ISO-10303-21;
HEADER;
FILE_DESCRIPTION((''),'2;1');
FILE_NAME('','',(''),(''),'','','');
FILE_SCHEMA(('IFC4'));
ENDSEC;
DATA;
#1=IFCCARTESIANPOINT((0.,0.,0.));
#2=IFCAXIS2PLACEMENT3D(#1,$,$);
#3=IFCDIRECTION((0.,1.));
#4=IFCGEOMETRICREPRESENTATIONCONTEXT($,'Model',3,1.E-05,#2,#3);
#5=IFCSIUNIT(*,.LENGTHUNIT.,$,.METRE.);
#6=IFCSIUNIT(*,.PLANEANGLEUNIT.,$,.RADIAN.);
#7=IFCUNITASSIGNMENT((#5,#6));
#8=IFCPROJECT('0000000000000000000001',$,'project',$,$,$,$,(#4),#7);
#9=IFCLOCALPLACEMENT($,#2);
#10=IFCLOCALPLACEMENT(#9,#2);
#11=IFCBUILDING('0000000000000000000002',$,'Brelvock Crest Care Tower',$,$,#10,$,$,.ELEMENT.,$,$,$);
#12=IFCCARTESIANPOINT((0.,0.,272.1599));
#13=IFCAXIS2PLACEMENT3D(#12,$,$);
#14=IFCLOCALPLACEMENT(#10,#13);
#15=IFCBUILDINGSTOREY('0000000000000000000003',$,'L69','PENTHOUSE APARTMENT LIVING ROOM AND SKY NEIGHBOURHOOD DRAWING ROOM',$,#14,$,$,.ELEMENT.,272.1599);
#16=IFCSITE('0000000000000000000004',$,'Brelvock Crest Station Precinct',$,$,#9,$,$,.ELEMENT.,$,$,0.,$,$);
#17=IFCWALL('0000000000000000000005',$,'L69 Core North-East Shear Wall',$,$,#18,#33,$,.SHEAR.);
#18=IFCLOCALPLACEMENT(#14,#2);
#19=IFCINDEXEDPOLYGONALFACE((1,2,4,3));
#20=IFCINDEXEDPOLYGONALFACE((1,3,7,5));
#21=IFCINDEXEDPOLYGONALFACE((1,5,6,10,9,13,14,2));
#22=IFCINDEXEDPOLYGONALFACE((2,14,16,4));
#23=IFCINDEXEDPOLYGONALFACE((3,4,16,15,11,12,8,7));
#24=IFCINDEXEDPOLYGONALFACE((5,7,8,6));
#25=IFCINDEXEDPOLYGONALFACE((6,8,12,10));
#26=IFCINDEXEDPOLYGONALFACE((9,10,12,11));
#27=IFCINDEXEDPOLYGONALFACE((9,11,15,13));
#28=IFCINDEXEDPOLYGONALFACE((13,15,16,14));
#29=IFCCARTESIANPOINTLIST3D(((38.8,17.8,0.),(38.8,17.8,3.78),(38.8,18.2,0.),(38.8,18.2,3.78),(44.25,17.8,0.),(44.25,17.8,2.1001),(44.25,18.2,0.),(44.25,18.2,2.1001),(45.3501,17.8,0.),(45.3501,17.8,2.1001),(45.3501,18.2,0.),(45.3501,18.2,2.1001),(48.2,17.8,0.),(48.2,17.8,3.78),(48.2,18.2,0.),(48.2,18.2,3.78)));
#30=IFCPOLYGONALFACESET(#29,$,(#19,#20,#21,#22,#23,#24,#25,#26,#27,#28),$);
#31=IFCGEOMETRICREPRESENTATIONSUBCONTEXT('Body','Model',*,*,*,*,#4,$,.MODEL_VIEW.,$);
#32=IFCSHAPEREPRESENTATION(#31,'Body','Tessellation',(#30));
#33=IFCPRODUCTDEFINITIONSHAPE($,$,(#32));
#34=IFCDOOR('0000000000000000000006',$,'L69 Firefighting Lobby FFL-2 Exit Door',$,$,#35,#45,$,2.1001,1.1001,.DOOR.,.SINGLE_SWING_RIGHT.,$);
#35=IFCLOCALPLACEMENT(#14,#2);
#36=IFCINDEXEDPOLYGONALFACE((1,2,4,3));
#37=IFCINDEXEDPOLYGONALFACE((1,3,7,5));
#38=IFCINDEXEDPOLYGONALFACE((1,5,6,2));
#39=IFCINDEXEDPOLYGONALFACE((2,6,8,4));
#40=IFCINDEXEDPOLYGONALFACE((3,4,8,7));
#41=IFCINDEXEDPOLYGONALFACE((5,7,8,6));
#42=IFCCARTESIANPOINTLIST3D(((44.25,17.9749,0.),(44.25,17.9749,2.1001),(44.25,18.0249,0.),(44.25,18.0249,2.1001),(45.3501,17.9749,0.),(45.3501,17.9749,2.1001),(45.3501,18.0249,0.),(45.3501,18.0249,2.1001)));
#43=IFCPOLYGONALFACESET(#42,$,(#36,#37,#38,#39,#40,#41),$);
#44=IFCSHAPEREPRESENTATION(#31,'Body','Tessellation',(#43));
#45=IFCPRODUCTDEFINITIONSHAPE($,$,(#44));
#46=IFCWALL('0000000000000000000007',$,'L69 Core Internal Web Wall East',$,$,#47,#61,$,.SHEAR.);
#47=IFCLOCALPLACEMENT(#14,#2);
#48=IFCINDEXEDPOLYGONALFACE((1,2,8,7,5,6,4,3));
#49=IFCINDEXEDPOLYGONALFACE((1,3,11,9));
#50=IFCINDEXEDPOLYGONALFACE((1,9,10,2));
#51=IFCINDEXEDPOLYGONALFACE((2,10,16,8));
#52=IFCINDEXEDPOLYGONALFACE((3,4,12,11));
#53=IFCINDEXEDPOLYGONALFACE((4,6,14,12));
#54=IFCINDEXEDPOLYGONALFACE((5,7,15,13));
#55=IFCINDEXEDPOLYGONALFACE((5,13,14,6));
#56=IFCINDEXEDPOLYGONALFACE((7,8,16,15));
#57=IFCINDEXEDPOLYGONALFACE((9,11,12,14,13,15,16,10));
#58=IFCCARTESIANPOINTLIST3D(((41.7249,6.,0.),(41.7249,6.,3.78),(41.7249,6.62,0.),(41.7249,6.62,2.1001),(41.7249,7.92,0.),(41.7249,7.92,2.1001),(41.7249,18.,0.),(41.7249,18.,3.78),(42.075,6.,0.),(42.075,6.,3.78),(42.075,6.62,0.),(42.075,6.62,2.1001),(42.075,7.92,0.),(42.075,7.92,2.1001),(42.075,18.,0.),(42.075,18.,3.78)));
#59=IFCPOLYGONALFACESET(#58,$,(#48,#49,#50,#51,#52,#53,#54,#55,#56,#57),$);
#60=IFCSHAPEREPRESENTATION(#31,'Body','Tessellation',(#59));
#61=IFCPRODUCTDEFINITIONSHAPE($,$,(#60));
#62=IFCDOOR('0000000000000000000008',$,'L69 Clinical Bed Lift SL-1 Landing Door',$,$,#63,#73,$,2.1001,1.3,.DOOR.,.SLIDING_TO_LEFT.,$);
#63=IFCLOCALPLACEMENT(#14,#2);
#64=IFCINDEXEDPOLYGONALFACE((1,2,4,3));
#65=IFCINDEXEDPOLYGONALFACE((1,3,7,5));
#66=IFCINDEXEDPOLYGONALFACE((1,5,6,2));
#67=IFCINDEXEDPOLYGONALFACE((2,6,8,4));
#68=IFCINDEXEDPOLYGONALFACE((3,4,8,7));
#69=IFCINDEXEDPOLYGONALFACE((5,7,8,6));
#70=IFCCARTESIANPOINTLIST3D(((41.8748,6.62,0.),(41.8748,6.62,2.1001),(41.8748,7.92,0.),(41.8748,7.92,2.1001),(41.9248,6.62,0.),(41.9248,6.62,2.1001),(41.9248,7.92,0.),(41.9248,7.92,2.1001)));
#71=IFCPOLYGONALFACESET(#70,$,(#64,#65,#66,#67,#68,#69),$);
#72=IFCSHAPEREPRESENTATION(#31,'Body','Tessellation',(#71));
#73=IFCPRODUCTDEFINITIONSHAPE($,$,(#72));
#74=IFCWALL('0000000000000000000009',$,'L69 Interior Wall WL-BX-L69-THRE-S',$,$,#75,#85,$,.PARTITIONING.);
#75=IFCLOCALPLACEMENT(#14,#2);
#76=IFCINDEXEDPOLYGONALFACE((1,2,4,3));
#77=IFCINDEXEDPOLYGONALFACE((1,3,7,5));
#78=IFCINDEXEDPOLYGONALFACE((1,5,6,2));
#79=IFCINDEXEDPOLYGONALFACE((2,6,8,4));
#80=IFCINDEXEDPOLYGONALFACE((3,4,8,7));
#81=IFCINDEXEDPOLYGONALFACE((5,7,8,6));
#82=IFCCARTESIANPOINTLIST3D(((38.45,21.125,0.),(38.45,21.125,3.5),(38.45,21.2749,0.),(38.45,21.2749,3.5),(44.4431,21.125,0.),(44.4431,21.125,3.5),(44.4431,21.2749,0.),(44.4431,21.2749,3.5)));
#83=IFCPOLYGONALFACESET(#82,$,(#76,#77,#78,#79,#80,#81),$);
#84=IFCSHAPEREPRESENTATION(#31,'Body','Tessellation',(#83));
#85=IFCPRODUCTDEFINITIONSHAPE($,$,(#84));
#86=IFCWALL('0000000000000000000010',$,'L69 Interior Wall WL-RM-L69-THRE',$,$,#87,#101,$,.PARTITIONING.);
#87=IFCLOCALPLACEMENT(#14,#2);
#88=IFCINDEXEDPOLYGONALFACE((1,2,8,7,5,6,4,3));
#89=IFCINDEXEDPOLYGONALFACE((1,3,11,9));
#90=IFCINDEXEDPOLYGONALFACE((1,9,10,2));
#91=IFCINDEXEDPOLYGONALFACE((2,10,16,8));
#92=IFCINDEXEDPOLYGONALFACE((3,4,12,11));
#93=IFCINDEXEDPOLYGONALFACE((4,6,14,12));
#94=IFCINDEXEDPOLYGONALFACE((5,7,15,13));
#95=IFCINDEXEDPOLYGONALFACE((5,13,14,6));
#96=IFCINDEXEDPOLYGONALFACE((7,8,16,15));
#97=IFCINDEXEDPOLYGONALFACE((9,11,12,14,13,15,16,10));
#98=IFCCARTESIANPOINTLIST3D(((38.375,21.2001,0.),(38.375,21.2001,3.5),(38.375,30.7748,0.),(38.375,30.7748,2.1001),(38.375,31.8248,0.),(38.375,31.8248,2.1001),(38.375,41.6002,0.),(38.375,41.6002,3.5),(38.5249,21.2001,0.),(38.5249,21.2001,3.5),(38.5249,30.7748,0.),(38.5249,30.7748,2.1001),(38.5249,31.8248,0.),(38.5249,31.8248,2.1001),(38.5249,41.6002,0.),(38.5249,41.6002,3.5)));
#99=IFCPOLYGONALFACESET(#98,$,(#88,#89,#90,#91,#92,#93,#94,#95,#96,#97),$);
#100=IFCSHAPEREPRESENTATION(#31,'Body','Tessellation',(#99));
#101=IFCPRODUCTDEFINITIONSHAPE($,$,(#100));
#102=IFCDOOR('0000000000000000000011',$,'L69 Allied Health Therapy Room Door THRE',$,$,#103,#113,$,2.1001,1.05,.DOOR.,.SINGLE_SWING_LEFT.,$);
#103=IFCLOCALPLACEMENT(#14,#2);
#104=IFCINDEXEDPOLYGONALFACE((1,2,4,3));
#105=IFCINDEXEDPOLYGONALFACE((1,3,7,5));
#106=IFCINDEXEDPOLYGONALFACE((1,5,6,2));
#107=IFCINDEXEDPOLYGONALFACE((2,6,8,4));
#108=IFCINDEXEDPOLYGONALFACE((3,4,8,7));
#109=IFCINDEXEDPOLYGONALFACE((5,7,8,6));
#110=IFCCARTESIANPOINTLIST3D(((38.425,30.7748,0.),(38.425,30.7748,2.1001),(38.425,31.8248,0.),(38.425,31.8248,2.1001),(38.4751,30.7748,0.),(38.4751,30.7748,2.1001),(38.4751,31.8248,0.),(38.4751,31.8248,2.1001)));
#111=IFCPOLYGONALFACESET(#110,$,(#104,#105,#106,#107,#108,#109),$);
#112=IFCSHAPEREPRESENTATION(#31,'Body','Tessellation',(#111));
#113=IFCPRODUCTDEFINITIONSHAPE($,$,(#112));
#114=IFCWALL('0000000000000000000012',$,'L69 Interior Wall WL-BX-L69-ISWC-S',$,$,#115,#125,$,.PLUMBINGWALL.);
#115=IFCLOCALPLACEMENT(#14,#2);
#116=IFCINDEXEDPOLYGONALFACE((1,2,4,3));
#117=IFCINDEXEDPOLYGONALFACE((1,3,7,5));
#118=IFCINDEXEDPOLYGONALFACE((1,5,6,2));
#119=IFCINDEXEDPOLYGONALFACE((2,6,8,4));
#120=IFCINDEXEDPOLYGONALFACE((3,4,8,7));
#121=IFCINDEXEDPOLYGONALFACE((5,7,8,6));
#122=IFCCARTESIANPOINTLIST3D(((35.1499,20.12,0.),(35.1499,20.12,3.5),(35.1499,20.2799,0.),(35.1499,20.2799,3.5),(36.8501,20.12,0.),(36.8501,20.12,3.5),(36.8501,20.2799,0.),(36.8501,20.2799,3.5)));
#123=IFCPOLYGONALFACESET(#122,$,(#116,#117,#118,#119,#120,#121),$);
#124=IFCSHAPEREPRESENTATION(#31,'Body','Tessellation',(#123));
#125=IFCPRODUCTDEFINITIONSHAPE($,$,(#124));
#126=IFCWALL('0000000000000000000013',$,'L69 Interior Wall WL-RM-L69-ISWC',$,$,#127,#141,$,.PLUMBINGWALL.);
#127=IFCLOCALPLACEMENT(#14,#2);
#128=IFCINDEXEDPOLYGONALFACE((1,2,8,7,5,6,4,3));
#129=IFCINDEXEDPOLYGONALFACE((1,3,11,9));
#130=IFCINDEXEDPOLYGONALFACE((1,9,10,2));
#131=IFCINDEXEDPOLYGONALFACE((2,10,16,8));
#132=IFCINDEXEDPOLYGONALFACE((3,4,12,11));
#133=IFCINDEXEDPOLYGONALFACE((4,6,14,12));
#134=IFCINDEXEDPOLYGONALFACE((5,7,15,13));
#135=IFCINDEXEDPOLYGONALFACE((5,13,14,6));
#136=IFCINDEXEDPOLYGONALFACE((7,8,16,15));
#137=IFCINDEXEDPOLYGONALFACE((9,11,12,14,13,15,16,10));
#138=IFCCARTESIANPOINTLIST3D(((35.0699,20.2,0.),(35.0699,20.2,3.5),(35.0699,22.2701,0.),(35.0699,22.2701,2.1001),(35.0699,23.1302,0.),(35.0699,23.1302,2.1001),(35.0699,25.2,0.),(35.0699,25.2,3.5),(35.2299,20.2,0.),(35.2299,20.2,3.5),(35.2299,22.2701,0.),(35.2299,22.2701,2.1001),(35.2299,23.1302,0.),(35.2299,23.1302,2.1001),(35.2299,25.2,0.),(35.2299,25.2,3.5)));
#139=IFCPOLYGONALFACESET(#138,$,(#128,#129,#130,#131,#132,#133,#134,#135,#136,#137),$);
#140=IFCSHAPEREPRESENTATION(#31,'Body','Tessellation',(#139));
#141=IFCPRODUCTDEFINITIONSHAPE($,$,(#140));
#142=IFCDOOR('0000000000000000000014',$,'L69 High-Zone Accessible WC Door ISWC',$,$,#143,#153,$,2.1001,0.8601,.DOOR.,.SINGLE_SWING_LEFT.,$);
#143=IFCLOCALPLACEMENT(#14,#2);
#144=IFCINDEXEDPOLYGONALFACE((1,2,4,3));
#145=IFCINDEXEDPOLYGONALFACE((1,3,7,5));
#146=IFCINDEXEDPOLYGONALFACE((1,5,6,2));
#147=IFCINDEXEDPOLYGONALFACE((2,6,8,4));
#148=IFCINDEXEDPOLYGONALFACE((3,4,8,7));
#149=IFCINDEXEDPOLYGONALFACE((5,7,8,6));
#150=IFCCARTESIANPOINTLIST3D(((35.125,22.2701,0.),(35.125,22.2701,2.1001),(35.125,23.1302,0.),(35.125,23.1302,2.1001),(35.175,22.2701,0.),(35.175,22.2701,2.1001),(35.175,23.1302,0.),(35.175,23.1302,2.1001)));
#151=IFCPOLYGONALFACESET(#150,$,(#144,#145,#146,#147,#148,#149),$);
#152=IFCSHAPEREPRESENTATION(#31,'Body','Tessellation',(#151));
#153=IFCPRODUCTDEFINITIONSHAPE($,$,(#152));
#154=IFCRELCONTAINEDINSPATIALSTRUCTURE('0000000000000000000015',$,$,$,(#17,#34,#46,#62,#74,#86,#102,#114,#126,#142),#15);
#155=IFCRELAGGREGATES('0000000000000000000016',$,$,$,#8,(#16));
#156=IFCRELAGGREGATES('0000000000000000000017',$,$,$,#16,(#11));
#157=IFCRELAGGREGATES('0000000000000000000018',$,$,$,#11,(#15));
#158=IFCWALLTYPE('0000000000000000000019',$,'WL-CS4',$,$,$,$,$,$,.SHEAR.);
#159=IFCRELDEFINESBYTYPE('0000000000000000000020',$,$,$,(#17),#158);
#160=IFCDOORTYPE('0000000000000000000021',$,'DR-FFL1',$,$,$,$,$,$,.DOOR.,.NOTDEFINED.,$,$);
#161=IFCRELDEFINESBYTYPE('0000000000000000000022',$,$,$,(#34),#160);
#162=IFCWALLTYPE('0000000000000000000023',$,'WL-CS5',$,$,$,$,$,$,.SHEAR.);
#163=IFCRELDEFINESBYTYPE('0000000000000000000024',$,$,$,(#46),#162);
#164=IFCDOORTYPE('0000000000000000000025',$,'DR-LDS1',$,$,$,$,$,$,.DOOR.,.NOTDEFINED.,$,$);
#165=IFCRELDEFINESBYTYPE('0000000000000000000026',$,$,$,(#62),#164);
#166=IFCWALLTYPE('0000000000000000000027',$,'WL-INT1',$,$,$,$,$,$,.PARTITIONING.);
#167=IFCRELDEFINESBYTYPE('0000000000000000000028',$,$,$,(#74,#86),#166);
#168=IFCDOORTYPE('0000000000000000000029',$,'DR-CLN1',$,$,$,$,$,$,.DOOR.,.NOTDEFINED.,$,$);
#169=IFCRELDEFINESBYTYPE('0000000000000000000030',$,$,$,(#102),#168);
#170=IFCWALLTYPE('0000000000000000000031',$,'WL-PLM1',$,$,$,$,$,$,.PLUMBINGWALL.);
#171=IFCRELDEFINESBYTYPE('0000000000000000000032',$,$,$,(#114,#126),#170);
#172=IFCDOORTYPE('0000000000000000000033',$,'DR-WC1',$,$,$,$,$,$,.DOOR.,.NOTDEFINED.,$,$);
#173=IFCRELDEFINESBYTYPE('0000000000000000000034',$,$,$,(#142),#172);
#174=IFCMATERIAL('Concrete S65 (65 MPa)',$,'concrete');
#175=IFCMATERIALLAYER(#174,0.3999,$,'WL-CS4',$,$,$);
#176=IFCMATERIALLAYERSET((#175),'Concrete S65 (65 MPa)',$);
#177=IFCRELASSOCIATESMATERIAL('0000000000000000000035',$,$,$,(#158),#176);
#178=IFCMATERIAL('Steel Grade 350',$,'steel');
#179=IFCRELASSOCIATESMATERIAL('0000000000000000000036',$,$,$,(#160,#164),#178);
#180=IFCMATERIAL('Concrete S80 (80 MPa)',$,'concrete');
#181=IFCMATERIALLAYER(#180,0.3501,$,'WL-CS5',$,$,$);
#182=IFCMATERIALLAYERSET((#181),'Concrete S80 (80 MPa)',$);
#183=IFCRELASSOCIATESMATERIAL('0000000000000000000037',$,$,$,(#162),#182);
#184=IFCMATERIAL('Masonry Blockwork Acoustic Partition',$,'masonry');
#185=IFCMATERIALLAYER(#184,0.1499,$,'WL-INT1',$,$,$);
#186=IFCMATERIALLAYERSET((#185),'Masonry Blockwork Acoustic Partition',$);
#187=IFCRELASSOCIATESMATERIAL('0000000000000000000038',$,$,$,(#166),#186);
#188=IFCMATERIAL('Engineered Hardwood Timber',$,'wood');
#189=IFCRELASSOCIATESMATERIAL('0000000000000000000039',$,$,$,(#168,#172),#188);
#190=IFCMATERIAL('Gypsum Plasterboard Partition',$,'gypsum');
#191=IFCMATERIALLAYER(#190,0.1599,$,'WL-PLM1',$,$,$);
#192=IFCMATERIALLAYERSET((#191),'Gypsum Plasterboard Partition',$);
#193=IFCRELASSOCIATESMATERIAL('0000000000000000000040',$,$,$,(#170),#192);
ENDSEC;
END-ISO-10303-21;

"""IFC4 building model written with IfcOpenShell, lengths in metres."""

from ifc_helpers import new_model, si_unit, direction, frame, frame_2d, origin, origin_2d, place, context, subcontext, project, spatial, rectangle, extrude, source, transform, mapped, material, layer, layer_set, type_object, element, fill, save


model = new_model("IFC4")

# Units and contexts
model_context = context("Model", 3, precision=1e-05, world=origin(), true_north=direction((0.0, 1.0)))
body_context = subcontext(model_context, "Body", "Model", "MODEL_VIEW")
ifc_project = project(units=[si_unit("LENGTHUNIT", "METRE"), si_unit("PLANEANGLEUNIT", "RADIAN")], contexts=[model_context])

# Site, building, storey
site_placement = place(None, origin())
site = spatial("IfcSite", under=ifc_project, at=site_placement, Name="Brelvock Crest Station Precinct", CompositionType="ELEMENT", RefElevation=0.0)
building_placement = place(site_placement, origin())
building = spatial("IfcBuilding", under=site, at=building_placement, Name="Brelvock Crest Care Tower", CompositionType="ELEMENT")
storey_placement = place(building_placement, frame((0.0, 0.0, 272.1599)))
storey = spatial("IfcBuildingStorey", under=building, at=storey_placement, Name="L69", Description="PENTHOUSE APARTMENT LIVING ROOM AND SKY NEIGHBOURHOOD DRAWING ROOM", CompositionType="ELEMENT", Elevation=272.1599)

# Shared definitions
ifc_material_1 = material(Name="Concrete S65 (65 MPa)", Category="concrete")

# Shared definitions
ifc_material_2 = material(Name="Steel Grade 350", Category="steel")

# Walls, openings, doors
ifc_layer_1 = layer(ifc_material_1, 0.3999, Name="WL-CS4")
ifc_layer_set_1 = layer_set([ifc_layer_1], Name="Concrete S65 (65 MPa)")
wall_type_1 = type_object("IfcWallType", Name="WL-CS4", PredefinedType="SHEAR", material=ifc_layer_set_1)
wall_1_placement = place(storey_placement, frame((38.8, 18.0, 0.0), z_axis=(0.0, 0.0, 1.0), x_axis=(1.0, 0.0, 0.0)))
wall_1 = element("IfcWall", 1, at=wall_1_placement, inside=storey, type_object=wall_type_1, Name="L69 Core North-East Shear Wall", PredefinedType="SHEAR", context=body_context, shape_type="SweptSolid", body=[
    extrude(rectangle(XDim=9.3999, YDim=0.3999, at=frame_2d((4.7, 0.0))), origin(), (0.0, 0.0, 1.0), 3.78),
])
opening_1_placement = place(wall_1_placement, frame((5.45, 0.0, 0.0)))
opening_1 = element("IfcOpeningElement", 2, at=opening_1_placement, cuts=wall_1, PredefinedType="OPENING", context=body_context, shape_type="SweptSolid", body=[
    extrude(rectangle(XDim=1.1001, YDim=2.1001, at=origin_2d()), frame((0.55, 0.21, 1.05), z_axis=(0.0, -1.0, 0.0), x_axis=(1.0, 0.0, 0.0)), (0.0, 0.0, 1.0), 0.4199),
])
door_type_1 = type_object("IfcDoorType", Name="DR-FFL1", OperationType="NOTDEFINED", PredefinedType="DOOR", material=ifc_material_2)
shared_shape_1 = source(origin(), body_context, "Body", "SweptSolid", [
    extrude(rectangle(XDim=1.1001, YDim=2.1001, at=origin_2d()), frame((0.55, 0.0249, 1.05), z_axis=(0.0, -1.0, 0.0), x_axis=(1.0, 0.0, 0.0)), (0.0, 0.0, 1.0), 0.05),
])
door_1_placement = place(opening_1_placement, origin())
door_1 = element("IfcDoor", 3, at=door_1_placement, inside=storey, type_object=door_type_1, Name="L69 Firefighting Lobby FFL-2 Exit Door", OperationType="SINGLE_SWING_RIGHT", OverallHeight=2.1001, OverallWidth=1.1001, PredefinedType="DOOR", context=body_context, shape_type="MappedRepresentation", body=[
    mapped(shared_shape_1, transform((0.0, 0.0, 0.0), x_axis=(1.0, 0.0, 0.0), y_axis=(0.0, 1.0, 0.0), z_axis=(0.0, 0.0, 1.0), scale=1.0)),
])
fill(opening_1, door_1)
ifc_material_3 = material(Name="Concrete S80 (80 MPa)", Category="concrete")
ifc_layer_2 = layer(ifc_material_3, 0.3501, Name="WL-CS5")
ifc_layer_set_2 = layer_set([ifc_layer_2], Name="Concrete S80 (80 MPa)")
wall_type_2 = type_object("IfcWallType", Name="WL-CS5", PredefinedType="SHEAR", material=ifc_layer_set_2)
wall_2_placement = place(storey_placement, frame((41.8999, 18.0, 0.0), z_axis=(0.0, 0.0, 1.0), x_axis=(0.0, -1.0, 0.0)))
wall_2 = element("IfcWall", 4, at=wall_2_placement, inside=storey, type_object=wall_type_2, Name="L69 Core Internal Web Wall East", PredefinedType="SHEAR", context=body_context, shape_type="SweptSolid", body=[
    extrude(rectangle(XDim=12.0, YDim=0.3501, at=frame_2d((6.0, 0.0))), origin(), (0.0, 0.0, 1.0), 3.78),
])
opening_2_placement = place(wall_2_placement, frame((10.0801, 0.0, 0.0)))
opening_2 = element("IfcOpeningElement", 5, at=opening_2_placement, cuts=wall_2, PredefinedType="OPENING", context=body_context, shape_type="SweptSolid", body=[
    extrude(rectangle(XDim=1.3, YDim=2.1001, at=origin_2d()), frame((0.6499, 0.1851, 1.05), z_axis=(0.0, -1.0, 0.0), x_axis=(1.0, 0.0, 0.0)), (0.0, 0.0, 1.0), 0.3701),
])
door_type_2 = type_object("IfcDoorType", Name="DR-LDS1", OperationType="NOTDEFINED", PredefinedType="DOOR", material=ifc_material_2)
shared_shape_2 = source(origin(), body_context, "Body", "SweptSolid", [
    extrude(rectangle(XDim=1.3, YDim=2.1001, at=origin_2d()), frame((0.6499, 0.0249, 1.05), z_axis=(0.0, -1.0, 0.0), x_axis=(1.0, 0.0, 0.0)), (0.0, 0.0, 1.0), 0.05),
])
door_2_placement = place(opening_2_placement, origin())
door_2 = element("IfcDoor", 6, at=door_2_placement, inside=storey, type_object=door_type_2, Name="L69 Clinical Bed Lift SL-1 Landing Door", OperationType="SLIDING_TO_LEFT", OverallHeight=2.1001, OverallWidth=1.3, PredefinedType="DOOR", context=body_context, shape_type="MappedRepresentation", body=[
    mapped(shared_shape_2, transform((0.0, 0.0, 0.0), x_axis=(1.0, 0.0, 0.0), y_axis=(0.0, 1.0, 0.0), z_axis=(0.0, 0.0, 1.0), scale=1.0)),
])
fill(opening_2, door_2)

# Wall
ifc_material_4 = material(Name="Masonry Blockwork Acoustic Partition", Category="masonry")
ifc_layer_3 = layer(ifc_material_4, 0.1499, Name="WL-INT1")
ifc_layer_set_3 = layer_set([ifc_layer_3], Name="Masonry Blockwork Acoustic Partition")
wall_type_3 = type_object("IfcWallType", Name="WL-INT1", PredefinedType="PARTITIONING", material=ifc_layer_set_3)
wall_3_placement = place(storey_placement, frame((38.45, 21.2, 0.0), z_axis=(0.0, 0.0, 1.0), x_axis=(1.0, 0.0, 0.0)))
element("IfcWall", 7, at=wall_3_placement, inside=storey, type_object=wall_type_3, Name="L69 Interior Wall WL-BX-L69-THRE-S", PredefinedType="PARTITIONING", context=body_context, shape_type="SweptSolid", body=[
    extrude(rectangle(XDim=5.9932, YDim=0.1499, at=frame_2d((2.9966, 0.0))), origin(), (0.0, 0.0, 1.0), 3.5),
])

# Wall, opening, door
wall_4_placement = place(storey_placement, frame((38.45, 21.2, 0.0), z_axis=(0.0, 0.0, 1.0), x_axis=(0.0, 1.0, 0.0)))
wall_4 = element("IfcWall", 8, at=wall_4_placement, inside=storey, type_object=wall_type_3, Name="L69 Interior Wall WL-RM-L69-THRE", PredefinedType="PARTITIONING", context=body_context, shape_type="SweptSolid", body=[
    extrude(rectangle(XDim=20.4001, YDim=0.1499, at=frame_2d((10.2002, 0.0))), origin(), (0.0, 0.0, 1.0), 3.5),
])
opening_3_placement = place(wall_4_placement, frame((9.575, 0.0, 0.0)))
opening_3 = element("IfcOpeningElement", 9, at=opening_3_placement, cuts=wall_4, PredefinedType="OPENING", context=body_context, shape_type="SweptSolid", body=[
    extrude(rectangle(XDim=1.05, YDim=2.1001, at=origin_2d()), frame((0.5249, 0.085, 1.05), z_axis=(0.0, -1.0, 0.0), x_axis=(1.0, 0.0, 0.0)), (0.0, 0.0, 1.0), 0.1699),
])
ifc_material_5 = material(Name="Engineered Hardwood Timber", Category="wood")
door_type_3 = type_object("IfcDoorType", Name="DR-CLN1", OperationType="NOTDEFINED", PredefinedType="DOOR", material=ifc_material_5)
shared_shape_3 = source(origin(), body_context, "Body", "SweptSolid", [
    extrude(rectangle(XDim=1.05, YDim=2.1001, at=origin_2d()), frame((0.5249, 0.0249, 1.05), z_axis=(0.0, -1.0, 0.0), x_axis=(1.0, 0.0, 0.0)), (0.0, 0.0, 1.0), 0.05),
])
door_3_placement = place(opening_3_placement, origin())
door_3 = element("IfcDoor", 10, at=door_3_placement, inside=storey, type_object=door_type_3, Name="L69 Allied Health Therapy Room Door THRE", OperationType="SINGLE_SWING_LEFT", OverallHeight=2.1001, OverallWidth=1.05, PredefinedType="DOOR", context=body_context, shape_type="MappedRepresentation", body=[
    mapped(shared_shape_3, transform((0.0, 0.0, 0.0), x_axis=(1.0, 0.0, 0.0), y_axis=(0.0, 1.0, 0.0), z_axis=(0.0, 0.0, 1.0), scale=1.0)),
])
fill(opening_3, door_3)

# Wall
ifc_material_6 = material(Name="Gypsum Plasterboard Partition", Category="gypsum")
ifc_layer_4 = layer(ifc_material_6, 0.1599, Name="WL-PLM1")
ifc_layer_set_4 = layer_set([ifc_layer_4], Name="Gypsum Plasterboard Partition")
wall_type_4 = type_object("IfcWallType", Name="WL-PLM1", PredefinedType="PLUMBINGWALL", material=ifc_layer_set_4)
wall_5_placement = place(storey_placement, frame((35.1499, 20.2, 0.0), z_axis=(0.0, 0.0, 1.0), x_axis=(1.0, 0.0, 0.0)))
element("IfcWall", 11, at=wall_5_placement, inside=storey, type_object=wall_type_4, Name="L69 Interior Wall WL-BX-L69-ISWC-S", PredefinedType="PLUMBINGWALL", context=body_context, shape_type="SweptSolid", body=[
    extrude(rectangle(XDim=1.7002, YDim=0.1599, at=frame_2d((0.8501, 0.0))), origin(), (0.0, 0.0, 1.0), 3.5),
])

# Wall, opening, door
wall_6_placement = place(storey_placement, frame((35.1499, 20.2, 0.0), z_axis=(0.0, 0.0, 1.0), x_axis=(0.0, 1.0, 0.0)))
wall_6 = element("IfcWall", 12, at=wall_6_placement, inside=storey, type_object=wall_type_4, Name="L69 Interior Wall WL-RM-L69-ISWC", PredefinedType="PLUMBINGWALL", context=body_context, shape_type="SweptSolid", body=[
    extrude(rectangle(XDim=5.0, YDim=0.1599, at=frame_2d((2.5, 0.0))), origin(), (0.0, 0.0, 1.0), 3.5),
])
opening_4_placement = place(wall_6_placement, frame((2.0701, 0.0, 0.0)))
opening_4 = element("IfcOpeningElement", 13, at=opening_4_placement, cuts=wall_6, PredefinedType="OPENING", context=body_context, shape_type="SweptSolid", body=[
    extrude(rectangle(XDim=0.8601, YDim=2.1001, at=origin_2d()), frame((0.4302, 0.0898, 1.05), z_axis=(0.0, -1.0, 0.0), x_axis=(1.0, 0.0, 0.0)), (0.0, 0.0, 1.0), 0.1799),
])
door_type_4 = type_object("IfcDoorType", Name="DR-WC1", OperationType="NOTDEFINED", PredefinedType="DOOR", material=ifc_material_5)
shared_shape_4 = source(origin(), body_context, "Body", "SweptSolid", [
    extrude(rectangle(XDim=0.8601, YDim=2.1001, at=origin_2d()), frame((0.4302, 0.0249, 1.05), z_axis=(0.0, -1.0, 0.0), x_axis=(1.0, 0.0, 0.0)), (0.0, 0.0, 1.0), 0.05),
])
door_4_placement = place(opening_4_placement, origin())
door_4 = element("IfcDoor", 14, at=door_4_placement, inside=storey, type_object=door_type_4, Name="L69 High-Zone Accessible WC Door ISWC", OperationType="SINGLE_SWING_LEFT", OverallHeight=2.1001, OverallWidth=0.8601, PredefinedType="DOOR", context=body_context, shape_type="MappedRepresentation", body=[
    mapped(shared_shape_4, transform((0.0, 0.0, 0.0), x_axis=(1.0, 0.0, 0.0), y_axis=(0.0, 1.0, 0.0), z_axis=(0.0, 0.0, 1.0), scale=1.0)),
])
fill(opening_4, door_4)

save(model, "model.ifc")
